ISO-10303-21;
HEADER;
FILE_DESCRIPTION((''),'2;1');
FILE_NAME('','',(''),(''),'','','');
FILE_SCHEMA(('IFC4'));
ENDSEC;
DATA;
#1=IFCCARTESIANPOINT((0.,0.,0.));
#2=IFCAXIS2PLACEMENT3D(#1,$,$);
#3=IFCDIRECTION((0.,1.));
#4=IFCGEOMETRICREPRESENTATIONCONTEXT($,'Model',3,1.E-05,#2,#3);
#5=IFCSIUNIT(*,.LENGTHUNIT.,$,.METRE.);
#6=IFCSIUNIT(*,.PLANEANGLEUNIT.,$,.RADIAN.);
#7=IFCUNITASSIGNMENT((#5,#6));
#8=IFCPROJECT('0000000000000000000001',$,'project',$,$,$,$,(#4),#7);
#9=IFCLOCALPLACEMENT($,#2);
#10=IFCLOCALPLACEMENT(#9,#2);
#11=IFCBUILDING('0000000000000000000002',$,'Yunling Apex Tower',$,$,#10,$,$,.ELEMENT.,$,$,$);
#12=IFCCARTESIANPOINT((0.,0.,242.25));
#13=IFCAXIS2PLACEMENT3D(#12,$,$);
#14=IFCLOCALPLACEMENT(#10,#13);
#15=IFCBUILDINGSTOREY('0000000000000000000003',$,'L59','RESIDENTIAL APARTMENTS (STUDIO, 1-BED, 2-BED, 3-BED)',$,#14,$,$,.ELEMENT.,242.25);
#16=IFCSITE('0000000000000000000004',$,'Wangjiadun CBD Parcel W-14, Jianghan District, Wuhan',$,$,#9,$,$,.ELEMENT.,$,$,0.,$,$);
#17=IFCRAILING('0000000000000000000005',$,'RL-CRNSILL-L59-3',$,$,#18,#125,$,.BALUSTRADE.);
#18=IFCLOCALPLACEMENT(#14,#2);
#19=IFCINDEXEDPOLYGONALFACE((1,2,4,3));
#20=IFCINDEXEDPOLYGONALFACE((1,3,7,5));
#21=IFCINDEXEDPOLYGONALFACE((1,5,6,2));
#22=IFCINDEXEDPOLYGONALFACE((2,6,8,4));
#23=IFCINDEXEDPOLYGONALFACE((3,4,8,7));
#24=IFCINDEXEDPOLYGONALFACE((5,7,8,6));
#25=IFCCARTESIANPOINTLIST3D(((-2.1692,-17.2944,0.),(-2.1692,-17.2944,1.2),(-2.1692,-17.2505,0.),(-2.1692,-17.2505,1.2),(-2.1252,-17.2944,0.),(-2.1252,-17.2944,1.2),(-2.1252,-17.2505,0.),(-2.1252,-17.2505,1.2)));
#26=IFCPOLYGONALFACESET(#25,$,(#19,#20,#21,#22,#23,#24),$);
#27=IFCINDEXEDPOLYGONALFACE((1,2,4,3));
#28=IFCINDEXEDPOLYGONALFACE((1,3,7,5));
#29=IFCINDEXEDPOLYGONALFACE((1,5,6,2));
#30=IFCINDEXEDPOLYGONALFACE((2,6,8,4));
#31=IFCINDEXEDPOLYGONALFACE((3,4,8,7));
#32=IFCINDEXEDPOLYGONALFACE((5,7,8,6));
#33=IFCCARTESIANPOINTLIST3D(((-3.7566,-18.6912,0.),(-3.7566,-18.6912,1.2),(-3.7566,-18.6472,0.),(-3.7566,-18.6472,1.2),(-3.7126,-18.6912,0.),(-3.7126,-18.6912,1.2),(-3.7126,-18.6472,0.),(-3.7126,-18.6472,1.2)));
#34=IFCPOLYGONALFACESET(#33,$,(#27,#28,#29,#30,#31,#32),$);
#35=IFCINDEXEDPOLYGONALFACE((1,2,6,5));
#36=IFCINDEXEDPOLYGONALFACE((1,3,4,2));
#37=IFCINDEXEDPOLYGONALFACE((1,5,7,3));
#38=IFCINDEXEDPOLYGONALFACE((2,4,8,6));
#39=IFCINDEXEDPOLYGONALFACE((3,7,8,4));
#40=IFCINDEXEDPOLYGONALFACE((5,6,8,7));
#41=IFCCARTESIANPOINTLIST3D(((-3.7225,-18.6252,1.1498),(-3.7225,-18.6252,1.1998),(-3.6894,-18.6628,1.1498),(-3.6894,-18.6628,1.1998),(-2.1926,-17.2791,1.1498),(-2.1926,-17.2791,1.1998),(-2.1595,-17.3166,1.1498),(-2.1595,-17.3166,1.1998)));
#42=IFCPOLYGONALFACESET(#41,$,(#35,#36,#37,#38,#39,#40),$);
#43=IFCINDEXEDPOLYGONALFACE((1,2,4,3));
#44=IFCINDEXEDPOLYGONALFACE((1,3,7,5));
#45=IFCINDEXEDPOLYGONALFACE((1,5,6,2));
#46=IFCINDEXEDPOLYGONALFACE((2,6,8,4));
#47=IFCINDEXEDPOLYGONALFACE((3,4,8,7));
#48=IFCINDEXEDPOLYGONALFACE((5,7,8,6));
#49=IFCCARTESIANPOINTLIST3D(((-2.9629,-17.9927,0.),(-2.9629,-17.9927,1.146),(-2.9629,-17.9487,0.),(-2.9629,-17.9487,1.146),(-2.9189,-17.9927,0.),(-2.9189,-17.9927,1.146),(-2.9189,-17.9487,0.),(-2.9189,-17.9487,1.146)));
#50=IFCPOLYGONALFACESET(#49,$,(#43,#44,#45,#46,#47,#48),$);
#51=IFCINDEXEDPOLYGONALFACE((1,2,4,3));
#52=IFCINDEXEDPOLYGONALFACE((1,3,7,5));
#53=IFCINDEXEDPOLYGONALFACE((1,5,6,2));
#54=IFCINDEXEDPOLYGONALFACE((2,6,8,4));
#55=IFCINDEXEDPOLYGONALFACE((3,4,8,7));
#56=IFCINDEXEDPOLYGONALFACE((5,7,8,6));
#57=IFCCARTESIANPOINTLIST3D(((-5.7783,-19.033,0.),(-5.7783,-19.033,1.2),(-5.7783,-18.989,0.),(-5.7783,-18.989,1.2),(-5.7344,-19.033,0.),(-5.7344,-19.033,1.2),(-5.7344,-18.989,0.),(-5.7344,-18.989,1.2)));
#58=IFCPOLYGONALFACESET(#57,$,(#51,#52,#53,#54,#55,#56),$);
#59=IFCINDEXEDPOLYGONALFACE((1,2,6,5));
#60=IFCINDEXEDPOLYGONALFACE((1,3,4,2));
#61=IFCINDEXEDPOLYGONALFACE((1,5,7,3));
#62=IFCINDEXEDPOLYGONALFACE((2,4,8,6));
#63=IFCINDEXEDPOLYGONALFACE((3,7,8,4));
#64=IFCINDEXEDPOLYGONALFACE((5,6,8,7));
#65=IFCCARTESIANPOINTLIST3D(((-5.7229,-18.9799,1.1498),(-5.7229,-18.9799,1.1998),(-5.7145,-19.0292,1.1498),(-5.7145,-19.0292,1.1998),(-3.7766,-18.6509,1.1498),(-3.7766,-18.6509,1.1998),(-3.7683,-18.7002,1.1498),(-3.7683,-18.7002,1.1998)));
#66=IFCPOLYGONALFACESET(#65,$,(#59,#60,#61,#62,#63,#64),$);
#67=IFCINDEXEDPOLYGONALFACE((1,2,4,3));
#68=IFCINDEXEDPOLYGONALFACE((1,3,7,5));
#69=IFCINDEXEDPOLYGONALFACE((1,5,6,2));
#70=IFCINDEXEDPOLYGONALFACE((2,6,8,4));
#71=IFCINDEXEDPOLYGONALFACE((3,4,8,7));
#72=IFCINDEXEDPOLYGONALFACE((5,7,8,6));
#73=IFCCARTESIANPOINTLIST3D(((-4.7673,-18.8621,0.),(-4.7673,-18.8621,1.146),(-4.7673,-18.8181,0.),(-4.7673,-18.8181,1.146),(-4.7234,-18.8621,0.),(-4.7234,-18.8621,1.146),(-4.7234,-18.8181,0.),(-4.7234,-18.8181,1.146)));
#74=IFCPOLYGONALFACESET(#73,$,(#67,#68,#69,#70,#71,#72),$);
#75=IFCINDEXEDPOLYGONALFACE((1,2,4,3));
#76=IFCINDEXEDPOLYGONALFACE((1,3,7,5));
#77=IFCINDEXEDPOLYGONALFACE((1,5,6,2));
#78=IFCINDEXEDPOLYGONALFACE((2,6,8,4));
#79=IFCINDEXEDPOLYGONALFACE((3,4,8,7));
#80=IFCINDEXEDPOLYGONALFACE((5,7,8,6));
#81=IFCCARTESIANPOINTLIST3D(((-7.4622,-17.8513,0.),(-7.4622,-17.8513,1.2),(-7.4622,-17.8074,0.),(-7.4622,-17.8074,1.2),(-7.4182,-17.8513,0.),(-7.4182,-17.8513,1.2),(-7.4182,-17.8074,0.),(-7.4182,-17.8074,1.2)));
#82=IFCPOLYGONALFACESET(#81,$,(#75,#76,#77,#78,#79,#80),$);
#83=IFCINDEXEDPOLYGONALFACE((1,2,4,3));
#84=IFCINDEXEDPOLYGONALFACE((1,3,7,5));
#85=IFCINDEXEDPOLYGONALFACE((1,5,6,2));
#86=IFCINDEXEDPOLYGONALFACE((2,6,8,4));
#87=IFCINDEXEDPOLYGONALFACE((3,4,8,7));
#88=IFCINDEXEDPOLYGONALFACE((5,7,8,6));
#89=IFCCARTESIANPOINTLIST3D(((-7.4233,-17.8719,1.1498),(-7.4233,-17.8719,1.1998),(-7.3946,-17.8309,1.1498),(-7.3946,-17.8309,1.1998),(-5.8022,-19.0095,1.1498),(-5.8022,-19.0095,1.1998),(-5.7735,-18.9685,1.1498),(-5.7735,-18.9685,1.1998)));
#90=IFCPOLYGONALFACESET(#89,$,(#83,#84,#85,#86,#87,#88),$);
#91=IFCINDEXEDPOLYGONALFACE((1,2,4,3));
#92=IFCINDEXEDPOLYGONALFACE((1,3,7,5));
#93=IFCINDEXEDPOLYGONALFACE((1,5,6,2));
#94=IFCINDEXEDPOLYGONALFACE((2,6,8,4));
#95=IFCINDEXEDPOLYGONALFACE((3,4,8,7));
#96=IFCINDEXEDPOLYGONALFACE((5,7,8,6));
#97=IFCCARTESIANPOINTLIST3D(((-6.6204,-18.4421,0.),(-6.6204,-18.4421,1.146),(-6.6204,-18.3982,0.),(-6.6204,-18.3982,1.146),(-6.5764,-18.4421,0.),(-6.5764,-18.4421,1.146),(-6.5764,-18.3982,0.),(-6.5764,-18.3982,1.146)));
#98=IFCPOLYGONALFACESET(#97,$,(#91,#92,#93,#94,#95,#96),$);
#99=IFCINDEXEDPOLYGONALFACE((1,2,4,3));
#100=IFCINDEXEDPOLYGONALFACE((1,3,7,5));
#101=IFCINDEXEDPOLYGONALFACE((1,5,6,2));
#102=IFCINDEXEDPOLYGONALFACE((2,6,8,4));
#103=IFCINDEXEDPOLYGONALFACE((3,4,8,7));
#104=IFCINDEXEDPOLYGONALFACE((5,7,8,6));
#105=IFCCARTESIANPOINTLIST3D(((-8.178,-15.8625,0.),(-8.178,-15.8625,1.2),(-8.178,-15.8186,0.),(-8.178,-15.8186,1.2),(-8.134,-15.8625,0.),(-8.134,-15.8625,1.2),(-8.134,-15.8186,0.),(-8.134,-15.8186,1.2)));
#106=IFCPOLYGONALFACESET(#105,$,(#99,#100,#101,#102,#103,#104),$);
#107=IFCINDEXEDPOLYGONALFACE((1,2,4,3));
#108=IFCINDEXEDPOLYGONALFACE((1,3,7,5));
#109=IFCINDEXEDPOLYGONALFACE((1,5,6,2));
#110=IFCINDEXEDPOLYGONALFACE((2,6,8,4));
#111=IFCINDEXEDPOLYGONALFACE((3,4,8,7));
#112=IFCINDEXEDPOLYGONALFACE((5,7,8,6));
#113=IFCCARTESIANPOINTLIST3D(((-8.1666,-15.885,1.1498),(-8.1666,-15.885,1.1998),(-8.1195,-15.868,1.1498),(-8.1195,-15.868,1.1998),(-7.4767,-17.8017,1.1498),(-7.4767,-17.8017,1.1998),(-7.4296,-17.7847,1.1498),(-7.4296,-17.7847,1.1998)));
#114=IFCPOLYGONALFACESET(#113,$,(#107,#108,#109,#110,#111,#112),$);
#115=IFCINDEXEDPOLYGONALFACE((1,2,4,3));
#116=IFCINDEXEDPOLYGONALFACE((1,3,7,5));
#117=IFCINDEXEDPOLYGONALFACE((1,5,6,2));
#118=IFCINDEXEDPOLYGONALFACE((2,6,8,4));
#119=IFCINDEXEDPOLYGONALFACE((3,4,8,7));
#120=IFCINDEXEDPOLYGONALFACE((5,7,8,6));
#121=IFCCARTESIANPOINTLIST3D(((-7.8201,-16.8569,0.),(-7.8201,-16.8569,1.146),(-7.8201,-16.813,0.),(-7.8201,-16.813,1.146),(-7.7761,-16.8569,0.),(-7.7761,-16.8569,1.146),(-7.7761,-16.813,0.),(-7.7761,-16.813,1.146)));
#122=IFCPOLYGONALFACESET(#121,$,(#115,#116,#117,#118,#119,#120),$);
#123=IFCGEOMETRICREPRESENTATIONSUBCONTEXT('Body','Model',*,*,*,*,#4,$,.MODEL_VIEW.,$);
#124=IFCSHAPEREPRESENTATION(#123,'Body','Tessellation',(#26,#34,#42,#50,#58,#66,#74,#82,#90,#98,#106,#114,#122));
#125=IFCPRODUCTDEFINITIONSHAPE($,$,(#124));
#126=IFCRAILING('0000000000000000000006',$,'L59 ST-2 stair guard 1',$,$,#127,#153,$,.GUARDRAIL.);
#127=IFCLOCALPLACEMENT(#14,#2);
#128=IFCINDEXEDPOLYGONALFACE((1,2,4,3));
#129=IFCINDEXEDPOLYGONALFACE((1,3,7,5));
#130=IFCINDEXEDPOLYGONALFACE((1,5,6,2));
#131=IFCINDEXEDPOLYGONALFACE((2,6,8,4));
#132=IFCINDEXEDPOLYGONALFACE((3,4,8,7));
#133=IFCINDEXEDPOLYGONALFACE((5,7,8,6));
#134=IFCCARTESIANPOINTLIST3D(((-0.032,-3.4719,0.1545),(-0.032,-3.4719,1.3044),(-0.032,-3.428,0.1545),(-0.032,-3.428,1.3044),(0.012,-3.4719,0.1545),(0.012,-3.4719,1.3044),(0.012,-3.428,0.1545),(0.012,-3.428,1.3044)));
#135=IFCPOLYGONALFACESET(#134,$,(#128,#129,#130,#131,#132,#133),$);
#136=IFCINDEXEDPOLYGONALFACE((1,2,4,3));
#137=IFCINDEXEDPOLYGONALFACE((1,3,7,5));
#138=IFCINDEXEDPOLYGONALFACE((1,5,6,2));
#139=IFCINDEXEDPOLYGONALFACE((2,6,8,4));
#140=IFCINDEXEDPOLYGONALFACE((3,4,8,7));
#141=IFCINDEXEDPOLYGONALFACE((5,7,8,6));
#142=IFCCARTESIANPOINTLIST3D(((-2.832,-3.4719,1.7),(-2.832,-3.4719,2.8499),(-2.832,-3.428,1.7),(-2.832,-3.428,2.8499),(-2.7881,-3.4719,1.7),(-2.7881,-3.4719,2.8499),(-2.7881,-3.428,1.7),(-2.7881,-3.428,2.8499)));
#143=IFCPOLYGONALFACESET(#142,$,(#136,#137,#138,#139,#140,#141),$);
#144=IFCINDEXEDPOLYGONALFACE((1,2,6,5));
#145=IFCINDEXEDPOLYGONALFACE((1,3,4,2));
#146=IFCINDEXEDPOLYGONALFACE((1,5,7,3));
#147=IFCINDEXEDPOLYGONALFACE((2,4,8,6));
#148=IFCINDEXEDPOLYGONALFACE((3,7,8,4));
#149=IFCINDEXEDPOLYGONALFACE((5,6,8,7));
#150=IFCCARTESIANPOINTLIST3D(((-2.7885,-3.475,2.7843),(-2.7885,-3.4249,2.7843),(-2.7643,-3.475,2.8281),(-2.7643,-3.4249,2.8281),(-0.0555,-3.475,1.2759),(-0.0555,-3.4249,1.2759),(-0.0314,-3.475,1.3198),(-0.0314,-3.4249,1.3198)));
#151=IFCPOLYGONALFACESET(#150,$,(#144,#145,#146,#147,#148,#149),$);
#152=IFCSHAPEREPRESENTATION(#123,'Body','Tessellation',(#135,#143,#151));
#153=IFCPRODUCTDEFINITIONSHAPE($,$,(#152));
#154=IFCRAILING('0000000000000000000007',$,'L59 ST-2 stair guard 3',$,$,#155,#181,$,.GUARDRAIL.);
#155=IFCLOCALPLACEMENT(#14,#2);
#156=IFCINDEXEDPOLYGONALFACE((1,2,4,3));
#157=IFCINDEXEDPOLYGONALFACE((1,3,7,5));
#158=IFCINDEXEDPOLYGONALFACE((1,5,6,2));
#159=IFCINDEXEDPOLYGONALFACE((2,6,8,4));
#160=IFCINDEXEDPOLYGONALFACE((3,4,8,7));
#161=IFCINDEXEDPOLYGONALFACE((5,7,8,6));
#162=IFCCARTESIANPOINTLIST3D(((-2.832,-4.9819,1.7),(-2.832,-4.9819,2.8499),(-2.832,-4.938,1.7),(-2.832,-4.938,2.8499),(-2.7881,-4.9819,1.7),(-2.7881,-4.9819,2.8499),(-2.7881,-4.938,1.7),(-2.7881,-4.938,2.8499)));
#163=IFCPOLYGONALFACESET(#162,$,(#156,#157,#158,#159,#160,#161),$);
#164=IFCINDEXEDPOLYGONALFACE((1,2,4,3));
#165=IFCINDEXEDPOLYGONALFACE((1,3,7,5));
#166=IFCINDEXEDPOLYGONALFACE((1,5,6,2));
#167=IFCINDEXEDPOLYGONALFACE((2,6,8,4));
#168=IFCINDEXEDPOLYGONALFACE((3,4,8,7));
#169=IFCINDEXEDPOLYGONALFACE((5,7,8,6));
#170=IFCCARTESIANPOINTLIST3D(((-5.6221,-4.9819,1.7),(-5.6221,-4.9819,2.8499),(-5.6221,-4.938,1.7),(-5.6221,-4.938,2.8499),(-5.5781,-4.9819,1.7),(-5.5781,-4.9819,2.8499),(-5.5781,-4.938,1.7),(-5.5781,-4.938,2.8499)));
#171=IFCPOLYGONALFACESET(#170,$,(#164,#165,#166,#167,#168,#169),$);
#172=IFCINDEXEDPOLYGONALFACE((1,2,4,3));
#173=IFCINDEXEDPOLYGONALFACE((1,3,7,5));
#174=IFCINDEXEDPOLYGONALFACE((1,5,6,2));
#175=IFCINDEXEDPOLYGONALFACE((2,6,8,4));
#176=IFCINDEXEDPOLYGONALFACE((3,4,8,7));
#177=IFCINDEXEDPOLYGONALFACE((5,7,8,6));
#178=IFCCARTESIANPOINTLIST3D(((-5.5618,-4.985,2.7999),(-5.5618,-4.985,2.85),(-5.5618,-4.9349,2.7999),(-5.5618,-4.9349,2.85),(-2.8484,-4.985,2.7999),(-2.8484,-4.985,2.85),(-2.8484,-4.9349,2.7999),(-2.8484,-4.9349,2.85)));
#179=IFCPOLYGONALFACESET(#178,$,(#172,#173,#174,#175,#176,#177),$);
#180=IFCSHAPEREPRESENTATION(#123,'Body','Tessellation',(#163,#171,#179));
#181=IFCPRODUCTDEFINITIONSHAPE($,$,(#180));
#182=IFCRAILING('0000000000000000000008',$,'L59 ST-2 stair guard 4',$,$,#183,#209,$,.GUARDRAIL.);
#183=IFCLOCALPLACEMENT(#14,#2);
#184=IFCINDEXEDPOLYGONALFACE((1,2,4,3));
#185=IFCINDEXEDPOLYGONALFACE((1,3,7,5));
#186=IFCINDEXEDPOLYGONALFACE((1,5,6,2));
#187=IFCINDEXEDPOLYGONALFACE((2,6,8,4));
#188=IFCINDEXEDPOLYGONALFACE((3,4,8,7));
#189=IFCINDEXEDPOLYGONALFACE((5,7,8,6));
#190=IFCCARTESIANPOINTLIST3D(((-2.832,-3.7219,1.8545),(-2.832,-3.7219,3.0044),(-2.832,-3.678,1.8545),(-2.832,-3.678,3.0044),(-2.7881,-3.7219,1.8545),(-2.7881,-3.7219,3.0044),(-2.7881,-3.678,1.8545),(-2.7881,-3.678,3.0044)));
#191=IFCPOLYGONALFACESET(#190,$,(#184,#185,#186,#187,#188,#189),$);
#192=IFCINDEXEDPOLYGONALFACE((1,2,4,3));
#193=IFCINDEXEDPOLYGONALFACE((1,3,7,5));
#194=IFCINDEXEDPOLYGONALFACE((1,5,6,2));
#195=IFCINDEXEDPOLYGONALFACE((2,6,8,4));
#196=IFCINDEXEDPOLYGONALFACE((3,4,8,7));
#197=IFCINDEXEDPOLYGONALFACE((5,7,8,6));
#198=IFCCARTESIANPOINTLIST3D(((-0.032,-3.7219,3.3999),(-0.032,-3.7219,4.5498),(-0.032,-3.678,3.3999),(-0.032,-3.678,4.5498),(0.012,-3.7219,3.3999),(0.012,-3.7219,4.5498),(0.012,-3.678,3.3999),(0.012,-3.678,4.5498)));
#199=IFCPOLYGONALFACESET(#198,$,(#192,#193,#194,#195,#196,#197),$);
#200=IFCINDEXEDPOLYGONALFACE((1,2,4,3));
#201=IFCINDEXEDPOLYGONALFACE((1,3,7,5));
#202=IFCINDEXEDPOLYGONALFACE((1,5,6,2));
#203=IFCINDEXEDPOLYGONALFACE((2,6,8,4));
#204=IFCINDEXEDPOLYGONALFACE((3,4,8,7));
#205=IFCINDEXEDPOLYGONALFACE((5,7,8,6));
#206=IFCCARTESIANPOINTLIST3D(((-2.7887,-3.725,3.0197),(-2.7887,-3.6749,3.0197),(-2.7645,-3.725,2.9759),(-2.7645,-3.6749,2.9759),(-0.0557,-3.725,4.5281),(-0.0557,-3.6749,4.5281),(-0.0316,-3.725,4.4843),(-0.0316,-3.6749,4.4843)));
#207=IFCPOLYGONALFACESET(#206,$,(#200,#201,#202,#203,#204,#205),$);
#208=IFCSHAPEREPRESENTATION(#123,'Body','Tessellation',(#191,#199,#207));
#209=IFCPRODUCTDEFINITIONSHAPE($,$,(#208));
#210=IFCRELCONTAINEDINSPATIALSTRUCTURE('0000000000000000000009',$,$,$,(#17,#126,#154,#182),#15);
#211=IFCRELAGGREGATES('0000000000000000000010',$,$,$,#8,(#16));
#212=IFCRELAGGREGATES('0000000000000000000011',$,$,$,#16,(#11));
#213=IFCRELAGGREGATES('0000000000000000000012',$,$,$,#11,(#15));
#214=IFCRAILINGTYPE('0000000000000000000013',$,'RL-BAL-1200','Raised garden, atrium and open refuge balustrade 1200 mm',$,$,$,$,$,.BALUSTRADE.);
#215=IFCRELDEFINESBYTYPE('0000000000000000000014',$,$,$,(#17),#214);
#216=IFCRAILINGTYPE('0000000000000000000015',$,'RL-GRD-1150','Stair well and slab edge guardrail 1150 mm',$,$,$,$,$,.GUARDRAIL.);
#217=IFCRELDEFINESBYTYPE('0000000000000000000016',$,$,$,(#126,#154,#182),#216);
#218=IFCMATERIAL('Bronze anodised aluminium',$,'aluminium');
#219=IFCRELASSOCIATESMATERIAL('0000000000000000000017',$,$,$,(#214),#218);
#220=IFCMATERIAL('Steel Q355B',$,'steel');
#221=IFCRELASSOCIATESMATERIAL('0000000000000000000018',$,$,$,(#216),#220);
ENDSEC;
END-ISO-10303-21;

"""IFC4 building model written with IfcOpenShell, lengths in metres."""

from ifc_helpers import new_model, si_unit, direction, frame, origin, origin_2d, place, context, subcontext, project, spatial, rectangle, extrude, material, type_object, element, save


model = new_model("IFC4")

# Units and contexts
model_context = context("Model", 3, precision=1e-05, world=origin(), true_north=direction((0.0, 1.0)))
body_context = subcontext(model_context, "Body", "Model", "MODEL_VIEW")
ifc_project = project(units=[si_unit("LENGTHUNIT", "METRE"), si_unit("PLANEANGLEUNIT", "RADIAN")], contexts=[model_context])

# Site, building, storey
site_placement = place(None, origin())
site = spatial("IfcSite", under=ifc_project, at=site_placement, Name="Wangjiadun CBD Parcel W-14, Jianghan District, Wuhan", CompositionType="ELEMENT", RefElevation=0.0)
building_placement = place(site_placement, origin())
building = spatial("IfcBuilding", under=site, at=building_placement, Name="Yunling Apex Tower", CompositionType="ELEMENT")
storey_placement = place(building_placement, frame((0.0, 0.0, 242.25)))
storey = spatial("IfcBuildingStorey", under=building, at=storey_placement, Name="L59", Description="RESIDENTIAL APARTMENTS (STUDIO, 1-BED, 2-BED, 3-BED)", CompositionType="ELEMENT", Elevation=242.25)

# Shared definitions
ifc_material_1 = material(Name="Steel Q355B", Category="steel")

# Shared definitions
ifc_material_2 = material(Name="Bronze anodised aluminium", Category="aluminium")

# Railings
railing_type_1 = type_object("IfcRailingType", Name="RL-BAL-1200", Description="Raised garden, atrium and open refuge balustrade 1200 mm", PredefinedType="BALUSTRADE", material=ifc_material_2)
railing_1_placement = place(storey_placement, frame((-2.1472, -17.2725, 0.0)))
element("IfcRailing", 1, at=railing_1_placement, inside=storey, type_object=railing_type_1, Name="RL-CRNSILL-L59-3", PredefinedType="BALUSTRADE", context=body_context, shape_type="SweptSolid", body=[
    extrude(rectangle(XDim=0.0439, YDim=0.0439, at=origin_2d()), origin(), (0.0, 0.0, 1.0), 1.2),
    extrude(rectangle(XDim=0.0439, YDim=0.0439, at=origin_2d()), frame((-1.5874, -1.3967, 0.0)), (0.0, 0.0, 1.0), 1.2),
    extrude(rectangle(XDim=0.05, YDim=0.05, at=origin_2d()), frame((-0.0288, -0.0254, 1.1748), z_axis=(-0.750757, -0.660578, 0.0), x_axis=(0.660578, -0.750757, 0.0)), (0.0, 0.0, 1.0), 2.0378),
    extrude(rectangle(XDim=0.0439, YDim=0.0439, at=origin_2d()), frame((-0.7937, -0.6982, 0.0)), (0.0, 0.0, 1.0), 1.146),
    extrude(rectangle(XDim=0.0439, YDim=0.0439, at=origin_2d()), frame((-3.6091, -1.7385, 0.0)), (0.0, 0.0, 1.0), 1.2),
    extrude(rectangle(XDim=0.05, YDim=0.05, at=origin_2d()), frame((-1.6252, -1.4031, 1.1748), z_axis=(-0.986008, -0.166696, 0.0), x_axis=(0.166696, -0.986008, 0.0)), (0.0, 0.0, 1.0), 1.9739),
    extrude(rectangle(XDim=0.0439, YDim=0.0439, at=origin_2d()), frame((-2.5981, -1.5676, 0.0)), (0.0, 0.0, 1.0), 1.146),
    extrude(rectangle(XDim=0.0439, YDim=0.0439, at=origin_2d()), frame((-5.293, -0.5569, 0.0)), (0.0, 0.0, 1.0), 1.2),
    extrude(rectangle(XDim=0.05, YDim=0.05, at=origin_2d()), frame((-3.6406, -1.7166, 1.1748), z_axis=(-0.818557, 0.574426, 0.0), x_axis=(-0.574426, -0.818557, 0.0)), (0.0, 0.0, 1.0), 1.9805),
    extrude(rectangle(XDim=0.0439, YDim=0.0439, at=origin_2d()), frame((-4.4512, -1.1477, 0.0)), (0.0, 0.0, 1.0), 1.146),
    extrude(rectangle(XDim=0.0439, YDim=0.0439, at=origin_2d()), frame((-6.0088, 1.4319, 0.0)), (0.0, 0.0, 1.0), 1.2),
    extrude(rectangle(XDim=0.05, YDim=0.05, at=origin_2d()), frame((-5.3059, -0.5208, 1.1748), z_axis=(-0.338662, 0.940908, 0.0), x_axis=(-0.940908, -0.338662, 0.0)), (0.0, 0.0, 1.0), 2.0371),
    extrude(rectangle(XDim=0.0439, YDim=0.0439, at=origin_2d()), frame((-5.6509, 0.4375, 0.0)), (0.0, 0.0, 1.0), 1.146),
])
railing_type_2 = type_object("IfcRailingType", Name="RL-GRD-1150", Description="Stair well and slab edge guardrail 1150 mm", PredefinedType="GUARDRAIL", material=ifc_material_1)
railing_2_placement = place(storey_placement, frame((-0.01, -3.45, 0.1545)))
element("IfcRailing", 2, at=railing_2_placement, inside=storey, type_object=railing_type_2, Name="L59 ST-2 stair guard 1", PredefinedType="GUARDRAIL", context=body_context, shape_type="SweptSolid", body=[
    extrude(rectangle(XDim=0.0439, YDim=0.0439, at=origin_2d()), origin(), (0.0, 0.0, 1.0), 1.1499),
    extrude(rectangle(XDim=0.0439, YDim=0.0439, at=origin_2d()), frame((-2.8, 0.0, 1.5454)), (0.0, 0.0, 1.0), 1.1499),
    extrude(rectangle(XDim=0.05, YDim=0.05, at=origin_2d()), frame((-0.0334, 0.0, 1.1433), z_axis=(-0.875504, 0.0, 0.483211), x_axis=(0.0, -1.0, 0.0)), (0.0, 0.0, 1.0), 3.1216),
])
railing_3_placement = place(storey_placement, frame((-2.8101, -4.96, 1.7)))
element("IfcRailing", 3, at=railing_3_placement, inside=storey, type_object=railing_type_2, Name="L59 ST-2 stair guard 3", PredefinedType="GUARDRAIL", context=body_context, shape_type="SweptSolid", body=[
    extrude(rectangle(XDim=0.0439, YDim=0.0439, at=origin_2d()), origin(), (0.0, 0.0, 1.0), 1.1499),
    extrude(rectangle(XDim=0.0439, YDim=0.0439, at=origin_2d()), frame((-2.79, 0.0, 0.0)), (0.0, 0.0, 1.0), 1.1499),
    extrude(rectangle(XDim=0.05, YDim=0.05, at=origin_2d()), frame((-0.0383, 0.0, 1.125), z_axis=(-1.0, 0.0, 0.0), x_axis=(0.0, -1.0, 0.0)), (0.0, 0.0, 1.0), 2.7134),
])
railing_4_placement = place(storey_placement, frame((-2.8101, -3.7, 1.8545)))
element("IfcRailing", 4, at=railing_4_placement, inside=storey, type_object=railing_type_2, Name="L59 ST-2 stair guard 4", PredefinedType="GUARDRAIL", context=body_context, shape_type="SweptSolid", body=[
    extrude(rectangle(XDim=0.0439, YDim=0.0439, at=origin_2d()), origin(), (0.0, 0.0, 1.0), 1.1499),
    extrude(rectangle(XDim=0.0439, YDim=0.0439, at=origin_2d()), frame((2.8, 0.0, 1.5454)), (0.0, 0.0, 1.0), 1.1499),
    extrude(rectangle(XDim=0.05, YDim=0.05, at=origin_2d()), frame((0.0334, 0.0, 1.1433), z_axis=(0.875504, 0.0, 0.483211), x_axis=(0.0, 1.0, 0.0)), (0.0, 0.0, 1.0), 3.1216),
])

save(model, "model.ifc")
